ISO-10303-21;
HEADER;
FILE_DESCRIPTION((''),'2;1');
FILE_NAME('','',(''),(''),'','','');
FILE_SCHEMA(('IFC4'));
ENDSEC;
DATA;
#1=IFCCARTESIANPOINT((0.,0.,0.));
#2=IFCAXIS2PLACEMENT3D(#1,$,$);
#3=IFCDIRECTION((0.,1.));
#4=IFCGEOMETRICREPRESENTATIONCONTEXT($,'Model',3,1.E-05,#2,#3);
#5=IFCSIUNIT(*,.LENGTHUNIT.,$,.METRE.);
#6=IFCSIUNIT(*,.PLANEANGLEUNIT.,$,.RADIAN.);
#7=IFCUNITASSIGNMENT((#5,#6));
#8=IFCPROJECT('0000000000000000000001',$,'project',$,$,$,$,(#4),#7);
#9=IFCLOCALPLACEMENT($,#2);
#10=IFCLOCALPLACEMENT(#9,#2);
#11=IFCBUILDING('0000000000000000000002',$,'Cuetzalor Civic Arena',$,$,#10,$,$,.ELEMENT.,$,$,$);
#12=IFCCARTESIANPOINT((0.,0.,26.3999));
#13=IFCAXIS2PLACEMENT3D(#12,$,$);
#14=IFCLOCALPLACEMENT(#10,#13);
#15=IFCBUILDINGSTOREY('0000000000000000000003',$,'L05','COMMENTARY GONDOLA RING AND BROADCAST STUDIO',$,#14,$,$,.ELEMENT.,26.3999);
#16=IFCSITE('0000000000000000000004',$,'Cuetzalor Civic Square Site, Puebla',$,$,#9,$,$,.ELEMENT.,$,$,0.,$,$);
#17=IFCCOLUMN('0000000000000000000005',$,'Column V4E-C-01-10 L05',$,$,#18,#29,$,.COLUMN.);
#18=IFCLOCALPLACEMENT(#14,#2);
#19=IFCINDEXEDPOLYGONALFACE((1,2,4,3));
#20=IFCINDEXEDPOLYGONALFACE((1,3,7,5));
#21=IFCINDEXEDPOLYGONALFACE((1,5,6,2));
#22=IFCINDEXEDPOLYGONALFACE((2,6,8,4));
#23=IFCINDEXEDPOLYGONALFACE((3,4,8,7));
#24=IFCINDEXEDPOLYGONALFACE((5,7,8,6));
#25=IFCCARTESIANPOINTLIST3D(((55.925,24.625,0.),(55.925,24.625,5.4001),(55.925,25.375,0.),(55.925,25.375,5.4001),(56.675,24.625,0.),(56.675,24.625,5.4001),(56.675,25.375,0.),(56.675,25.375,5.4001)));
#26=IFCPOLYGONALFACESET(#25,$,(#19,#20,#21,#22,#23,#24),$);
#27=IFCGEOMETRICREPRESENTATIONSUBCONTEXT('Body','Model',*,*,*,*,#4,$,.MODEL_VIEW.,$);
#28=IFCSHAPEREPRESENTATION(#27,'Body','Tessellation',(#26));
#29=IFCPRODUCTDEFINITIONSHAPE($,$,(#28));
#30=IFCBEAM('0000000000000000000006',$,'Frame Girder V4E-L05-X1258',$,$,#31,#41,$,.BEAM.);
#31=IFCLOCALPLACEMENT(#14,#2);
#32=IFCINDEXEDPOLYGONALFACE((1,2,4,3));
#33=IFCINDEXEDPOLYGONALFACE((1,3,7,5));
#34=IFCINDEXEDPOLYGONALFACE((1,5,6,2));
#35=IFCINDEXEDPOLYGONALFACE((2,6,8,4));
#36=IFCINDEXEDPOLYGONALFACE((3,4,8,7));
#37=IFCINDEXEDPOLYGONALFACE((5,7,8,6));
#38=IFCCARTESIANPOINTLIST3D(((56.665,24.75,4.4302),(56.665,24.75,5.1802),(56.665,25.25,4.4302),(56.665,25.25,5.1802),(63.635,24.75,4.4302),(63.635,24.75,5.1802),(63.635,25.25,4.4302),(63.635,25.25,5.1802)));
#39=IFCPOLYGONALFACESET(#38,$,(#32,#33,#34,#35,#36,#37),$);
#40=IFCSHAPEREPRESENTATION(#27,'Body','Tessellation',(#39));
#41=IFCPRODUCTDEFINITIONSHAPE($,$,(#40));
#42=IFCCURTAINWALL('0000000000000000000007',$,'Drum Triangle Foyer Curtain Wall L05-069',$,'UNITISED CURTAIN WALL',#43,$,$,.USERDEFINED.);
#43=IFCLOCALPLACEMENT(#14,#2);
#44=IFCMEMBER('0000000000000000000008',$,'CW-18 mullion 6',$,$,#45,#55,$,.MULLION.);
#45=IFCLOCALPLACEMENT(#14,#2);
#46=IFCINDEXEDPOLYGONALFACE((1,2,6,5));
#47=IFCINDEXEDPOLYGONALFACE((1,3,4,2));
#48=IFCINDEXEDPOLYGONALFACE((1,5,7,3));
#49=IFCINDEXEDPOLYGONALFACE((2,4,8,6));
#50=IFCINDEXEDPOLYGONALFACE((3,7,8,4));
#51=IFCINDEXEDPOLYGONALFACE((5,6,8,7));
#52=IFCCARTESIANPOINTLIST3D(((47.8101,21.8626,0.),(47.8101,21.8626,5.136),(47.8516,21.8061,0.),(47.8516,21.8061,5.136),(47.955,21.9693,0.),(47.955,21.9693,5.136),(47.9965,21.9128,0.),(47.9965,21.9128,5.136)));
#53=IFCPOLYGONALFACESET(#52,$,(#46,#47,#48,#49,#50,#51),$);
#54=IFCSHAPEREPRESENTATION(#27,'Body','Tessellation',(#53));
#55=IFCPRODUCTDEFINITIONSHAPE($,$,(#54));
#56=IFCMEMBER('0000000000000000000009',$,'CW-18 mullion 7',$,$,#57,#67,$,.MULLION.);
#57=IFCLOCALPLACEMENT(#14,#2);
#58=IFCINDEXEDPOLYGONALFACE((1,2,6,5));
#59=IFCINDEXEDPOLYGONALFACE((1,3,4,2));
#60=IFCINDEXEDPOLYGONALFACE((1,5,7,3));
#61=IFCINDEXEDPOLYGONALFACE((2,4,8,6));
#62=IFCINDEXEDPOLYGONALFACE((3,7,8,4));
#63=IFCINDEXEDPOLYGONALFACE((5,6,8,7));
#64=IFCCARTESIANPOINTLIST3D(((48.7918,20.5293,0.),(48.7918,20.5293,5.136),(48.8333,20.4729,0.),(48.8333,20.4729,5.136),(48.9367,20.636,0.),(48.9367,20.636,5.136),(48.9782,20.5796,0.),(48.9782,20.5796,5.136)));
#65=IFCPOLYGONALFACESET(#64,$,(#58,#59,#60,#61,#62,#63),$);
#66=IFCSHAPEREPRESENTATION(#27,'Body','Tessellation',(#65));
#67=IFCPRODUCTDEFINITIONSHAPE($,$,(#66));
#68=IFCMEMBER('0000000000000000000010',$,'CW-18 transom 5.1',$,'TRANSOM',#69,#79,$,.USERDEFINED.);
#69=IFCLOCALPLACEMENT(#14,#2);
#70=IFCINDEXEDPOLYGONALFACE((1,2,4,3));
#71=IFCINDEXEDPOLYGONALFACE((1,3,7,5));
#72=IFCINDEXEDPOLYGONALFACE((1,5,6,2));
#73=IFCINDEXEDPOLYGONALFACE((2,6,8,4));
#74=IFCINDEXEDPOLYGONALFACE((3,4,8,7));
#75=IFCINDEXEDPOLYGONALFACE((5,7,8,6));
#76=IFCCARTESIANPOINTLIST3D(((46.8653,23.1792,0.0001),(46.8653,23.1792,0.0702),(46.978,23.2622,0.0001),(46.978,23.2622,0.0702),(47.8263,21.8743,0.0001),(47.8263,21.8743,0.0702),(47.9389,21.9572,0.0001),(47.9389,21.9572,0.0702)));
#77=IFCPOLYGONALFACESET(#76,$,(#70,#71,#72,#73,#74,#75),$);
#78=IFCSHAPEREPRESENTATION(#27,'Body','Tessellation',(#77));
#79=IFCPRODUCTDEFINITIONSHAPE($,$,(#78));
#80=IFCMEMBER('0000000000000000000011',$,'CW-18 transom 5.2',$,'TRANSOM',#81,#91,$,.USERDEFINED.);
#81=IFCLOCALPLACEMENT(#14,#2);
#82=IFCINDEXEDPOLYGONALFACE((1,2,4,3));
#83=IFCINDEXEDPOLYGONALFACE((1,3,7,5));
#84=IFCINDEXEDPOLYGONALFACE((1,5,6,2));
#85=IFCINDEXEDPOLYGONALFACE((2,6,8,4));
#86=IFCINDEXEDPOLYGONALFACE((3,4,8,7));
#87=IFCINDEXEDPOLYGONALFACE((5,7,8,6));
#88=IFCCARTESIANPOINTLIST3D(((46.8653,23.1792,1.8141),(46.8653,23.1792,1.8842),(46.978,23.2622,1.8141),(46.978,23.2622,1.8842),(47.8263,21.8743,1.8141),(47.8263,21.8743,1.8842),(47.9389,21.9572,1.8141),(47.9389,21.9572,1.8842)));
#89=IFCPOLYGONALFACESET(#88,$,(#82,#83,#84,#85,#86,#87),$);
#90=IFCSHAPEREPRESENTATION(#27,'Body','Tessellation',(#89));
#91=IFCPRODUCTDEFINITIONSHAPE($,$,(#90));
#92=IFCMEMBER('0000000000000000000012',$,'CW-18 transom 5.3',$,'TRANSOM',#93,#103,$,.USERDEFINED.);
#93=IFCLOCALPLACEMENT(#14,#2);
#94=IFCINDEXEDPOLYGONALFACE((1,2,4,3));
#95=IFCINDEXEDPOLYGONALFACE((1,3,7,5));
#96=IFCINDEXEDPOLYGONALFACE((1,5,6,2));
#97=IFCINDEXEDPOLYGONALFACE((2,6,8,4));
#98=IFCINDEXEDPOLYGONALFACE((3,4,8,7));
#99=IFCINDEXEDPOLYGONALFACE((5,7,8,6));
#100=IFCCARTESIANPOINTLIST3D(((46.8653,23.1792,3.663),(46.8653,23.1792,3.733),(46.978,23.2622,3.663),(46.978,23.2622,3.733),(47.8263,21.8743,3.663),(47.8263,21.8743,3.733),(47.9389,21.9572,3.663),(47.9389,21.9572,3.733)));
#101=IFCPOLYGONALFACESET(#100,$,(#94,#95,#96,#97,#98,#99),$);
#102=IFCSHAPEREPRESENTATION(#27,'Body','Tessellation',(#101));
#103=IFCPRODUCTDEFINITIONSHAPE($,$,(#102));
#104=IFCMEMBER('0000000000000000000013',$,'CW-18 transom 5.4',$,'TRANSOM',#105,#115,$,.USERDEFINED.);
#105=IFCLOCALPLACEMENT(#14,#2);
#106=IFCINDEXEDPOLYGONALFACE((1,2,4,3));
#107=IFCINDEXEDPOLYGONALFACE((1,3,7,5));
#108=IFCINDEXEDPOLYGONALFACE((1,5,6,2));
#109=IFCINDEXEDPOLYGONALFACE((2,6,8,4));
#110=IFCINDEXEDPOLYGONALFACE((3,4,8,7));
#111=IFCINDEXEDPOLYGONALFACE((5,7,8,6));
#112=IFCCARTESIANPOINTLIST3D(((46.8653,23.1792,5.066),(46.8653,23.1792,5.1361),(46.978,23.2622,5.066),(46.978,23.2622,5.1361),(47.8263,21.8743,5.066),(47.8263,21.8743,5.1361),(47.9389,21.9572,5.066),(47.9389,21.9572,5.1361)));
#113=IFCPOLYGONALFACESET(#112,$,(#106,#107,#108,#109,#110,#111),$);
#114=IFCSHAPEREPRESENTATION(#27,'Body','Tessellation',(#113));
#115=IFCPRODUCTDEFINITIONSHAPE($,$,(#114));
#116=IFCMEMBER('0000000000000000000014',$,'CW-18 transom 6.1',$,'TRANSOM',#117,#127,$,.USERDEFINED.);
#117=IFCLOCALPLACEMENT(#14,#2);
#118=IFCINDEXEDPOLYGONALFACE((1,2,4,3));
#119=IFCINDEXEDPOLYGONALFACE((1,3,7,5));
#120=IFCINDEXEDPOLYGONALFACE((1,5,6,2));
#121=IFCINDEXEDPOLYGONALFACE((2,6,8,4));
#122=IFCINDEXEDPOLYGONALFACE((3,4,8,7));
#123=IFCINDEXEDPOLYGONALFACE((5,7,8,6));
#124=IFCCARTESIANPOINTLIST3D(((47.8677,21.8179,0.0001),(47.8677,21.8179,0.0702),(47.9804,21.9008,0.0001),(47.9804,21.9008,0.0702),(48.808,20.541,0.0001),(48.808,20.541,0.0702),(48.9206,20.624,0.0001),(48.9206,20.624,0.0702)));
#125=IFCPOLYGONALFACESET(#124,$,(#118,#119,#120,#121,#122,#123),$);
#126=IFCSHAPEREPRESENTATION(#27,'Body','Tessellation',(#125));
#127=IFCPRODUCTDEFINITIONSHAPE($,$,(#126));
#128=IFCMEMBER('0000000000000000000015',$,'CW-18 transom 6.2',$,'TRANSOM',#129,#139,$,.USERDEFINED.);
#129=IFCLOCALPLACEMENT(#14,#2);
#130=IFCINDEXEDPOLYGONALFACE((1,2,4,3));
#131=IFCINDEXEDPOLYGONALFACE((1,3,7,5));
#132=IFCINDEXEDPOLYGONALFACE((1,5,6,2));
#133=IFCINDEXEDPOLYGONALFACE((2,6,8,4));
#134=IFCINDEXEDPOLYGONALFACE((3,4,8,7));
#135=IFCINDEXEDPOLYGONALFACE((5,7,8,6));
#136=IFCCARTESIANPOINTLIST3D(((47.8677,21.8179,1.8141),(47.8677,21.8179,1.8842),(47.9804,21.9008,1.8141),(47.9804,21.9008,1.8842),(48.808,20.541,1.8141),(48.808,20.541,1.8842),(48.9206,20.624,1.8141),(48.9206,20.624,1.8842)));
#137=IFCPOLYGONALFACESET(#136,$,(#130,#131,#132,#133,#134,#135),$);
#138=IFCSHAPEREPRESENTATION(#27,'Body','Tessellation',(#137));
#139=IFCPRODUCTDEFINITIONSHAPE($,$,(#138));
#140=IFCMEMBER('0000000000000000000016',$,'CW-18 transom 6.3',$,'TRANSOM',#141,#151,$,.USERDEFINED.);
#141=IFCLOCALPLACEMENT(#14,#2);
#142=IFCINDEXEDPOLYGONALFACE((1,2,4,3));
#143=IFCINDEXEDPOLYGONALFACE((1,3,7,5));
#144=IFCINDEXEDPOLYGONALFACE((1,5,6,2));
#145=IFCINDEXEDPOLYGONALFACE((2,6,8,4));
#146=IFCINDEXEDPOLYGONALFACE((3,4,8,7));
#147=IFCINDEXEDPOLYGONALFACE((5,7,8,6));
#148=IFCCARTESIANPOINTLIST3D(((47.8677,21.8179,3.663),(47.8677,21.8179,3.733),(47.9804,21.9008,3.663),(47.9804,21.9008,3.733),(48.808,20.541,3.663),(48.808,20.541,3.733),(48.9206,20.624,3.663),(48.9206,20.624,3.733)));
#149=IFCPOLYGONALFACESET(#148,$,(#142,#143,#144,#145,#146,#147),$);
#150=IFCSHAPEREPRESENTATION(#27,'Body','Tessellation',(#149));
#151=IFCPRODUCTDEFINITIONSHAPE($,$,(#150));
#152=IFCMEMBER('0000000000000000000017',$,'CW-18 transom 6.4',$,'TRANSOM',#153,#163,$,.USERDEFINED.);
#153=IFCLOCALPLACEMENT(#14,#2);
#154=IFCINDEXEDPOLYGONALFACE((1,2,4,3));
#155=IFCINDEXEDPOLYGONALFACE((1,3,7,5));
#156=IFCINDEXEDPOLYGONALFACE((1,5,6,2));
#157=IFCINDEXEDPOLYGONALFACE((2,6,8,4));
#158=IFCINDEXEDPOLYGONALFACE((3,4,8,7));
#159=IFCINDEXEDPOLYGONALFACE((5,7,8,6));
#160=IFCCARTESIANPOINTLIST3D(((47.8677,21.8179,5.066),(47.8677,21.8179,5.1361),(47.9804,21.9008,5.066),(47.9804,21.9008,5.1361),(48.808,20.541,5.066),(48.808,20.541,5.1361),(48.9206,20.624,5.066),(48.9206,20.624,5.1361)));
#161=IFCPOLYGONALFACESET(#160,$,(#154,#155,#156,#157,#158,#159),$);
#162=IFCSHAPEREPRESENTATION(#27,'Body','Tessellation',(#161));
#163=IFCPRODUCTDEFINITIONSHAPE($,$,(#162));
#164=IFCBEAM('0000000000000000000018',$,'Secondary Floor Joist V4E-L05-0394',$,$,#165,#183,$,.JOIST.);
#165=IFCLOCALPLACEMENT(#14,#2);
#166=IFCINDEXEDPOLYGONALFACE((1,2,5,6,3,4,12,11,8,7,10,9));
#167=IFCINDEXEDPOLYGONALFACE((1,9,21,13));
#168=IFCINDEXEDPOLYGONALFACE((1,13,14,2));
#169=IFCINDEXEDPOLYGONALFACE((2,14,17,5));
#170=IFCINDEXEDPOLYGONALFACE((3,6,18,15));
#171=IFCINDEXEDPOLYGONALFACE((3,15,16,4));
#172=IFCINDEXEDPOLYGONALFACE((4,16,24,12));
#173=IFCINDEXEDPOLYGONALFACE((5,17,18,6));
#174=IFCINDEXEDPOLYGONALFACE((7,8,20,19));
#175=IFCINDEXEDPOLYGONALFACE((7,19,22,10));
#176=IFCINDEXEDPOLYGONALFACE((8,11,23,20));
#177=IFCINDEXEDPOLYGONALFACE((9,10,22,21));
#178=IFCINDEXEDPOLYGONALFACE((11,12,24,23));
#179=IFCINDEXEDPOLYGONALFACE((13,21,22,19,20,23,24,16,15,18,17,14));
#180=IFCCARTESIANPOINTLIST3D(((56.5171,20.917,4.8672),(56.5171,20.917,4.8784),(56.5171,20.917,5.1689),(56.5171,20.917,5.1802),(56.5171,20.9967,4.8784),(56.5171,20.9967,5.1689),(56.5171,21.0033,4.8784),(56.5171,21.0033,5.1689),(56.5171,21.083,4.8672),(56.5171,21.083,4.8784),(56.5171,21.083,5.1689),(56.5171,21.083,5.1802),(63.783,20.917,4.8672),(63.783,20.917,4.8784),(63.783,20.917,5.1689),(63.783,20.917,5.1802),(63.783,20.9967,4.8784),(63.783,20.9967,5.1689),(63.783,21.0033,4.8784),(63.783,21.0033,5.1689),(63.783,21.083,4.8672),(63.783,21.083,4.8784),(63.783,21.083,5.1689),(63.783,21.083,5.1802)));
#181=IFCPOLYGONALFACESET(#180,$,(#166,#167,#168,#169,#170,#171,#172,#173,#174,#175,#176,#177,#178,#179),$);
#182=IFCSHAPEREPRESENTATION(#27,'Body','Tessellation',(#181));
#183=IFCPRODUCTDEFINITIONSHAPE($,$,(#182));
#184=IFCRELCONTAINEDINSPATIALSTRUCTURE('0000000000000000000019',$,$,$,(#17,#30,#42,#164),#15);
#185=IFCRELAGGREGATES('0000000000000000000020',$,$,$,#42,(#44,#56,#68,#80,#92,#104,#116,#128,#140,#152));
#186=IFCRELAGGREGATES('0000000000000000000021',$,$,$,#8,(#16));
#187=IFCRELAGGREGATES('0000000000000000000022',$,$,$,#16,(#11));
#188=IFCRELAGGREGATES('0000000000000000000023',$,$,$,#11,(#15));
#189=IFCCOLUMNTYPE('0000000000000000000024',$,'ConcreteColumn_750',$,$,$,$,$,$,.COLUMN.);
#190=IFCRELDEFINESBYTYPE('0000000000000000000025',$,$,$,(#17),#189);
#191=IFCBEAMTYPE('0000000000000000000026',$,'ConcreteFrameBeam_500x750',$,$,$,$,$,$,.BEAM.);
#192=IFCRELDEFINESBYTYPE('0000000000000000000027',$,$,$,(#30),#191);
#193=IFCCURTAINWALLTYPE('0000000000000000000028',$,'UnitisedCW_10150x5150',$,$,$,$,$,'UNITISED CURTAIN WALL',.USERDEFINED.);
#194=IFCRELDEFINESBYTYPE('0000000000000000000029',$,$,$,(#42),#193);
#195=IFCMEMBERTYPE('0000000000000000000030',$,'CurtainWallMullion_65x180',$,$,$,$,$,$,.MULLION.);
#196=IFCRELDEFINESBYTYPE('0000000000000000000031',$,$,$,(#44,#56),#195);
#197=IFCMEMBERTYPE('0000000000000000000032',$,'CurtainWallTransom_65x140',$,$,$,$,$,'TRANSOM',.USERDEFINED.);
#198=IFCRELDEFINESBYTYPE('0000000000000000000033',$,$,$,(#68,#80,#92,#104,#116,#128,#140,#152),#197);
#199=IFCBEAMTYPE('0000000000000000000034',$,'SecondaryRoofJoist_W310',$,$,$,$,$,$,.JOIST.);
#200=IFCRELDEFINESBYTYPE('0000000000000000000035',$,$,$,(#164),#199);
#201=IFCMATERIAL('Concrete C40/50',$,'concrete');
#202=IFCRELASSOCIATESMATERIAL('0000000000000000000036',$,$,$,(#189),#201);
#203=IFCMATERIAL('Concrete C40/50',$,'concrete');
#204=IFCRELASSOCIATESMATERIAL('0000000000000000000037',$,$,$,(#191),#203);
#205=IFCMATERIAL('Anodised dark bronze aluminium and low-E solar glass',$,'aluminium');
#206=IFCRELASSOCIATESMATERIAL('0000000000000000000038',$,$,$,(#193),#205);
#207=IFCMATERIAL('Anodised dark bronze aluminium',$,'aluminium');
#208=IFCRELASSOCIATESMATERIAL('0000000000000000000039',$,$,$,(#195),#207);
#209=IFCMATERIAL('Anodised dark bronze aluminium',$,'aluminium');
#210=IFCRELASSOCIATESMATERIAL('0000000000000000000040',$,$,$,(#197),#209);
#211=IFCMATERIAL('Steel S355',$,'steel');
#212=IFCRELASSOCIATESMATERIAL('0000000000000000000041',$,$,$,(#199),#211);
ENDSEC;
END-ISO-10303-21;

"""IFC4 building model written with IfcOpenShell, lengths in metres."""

from ifc_helpers import new_model, si_unit, direction, frame, origin, origin_2d, place, context, subcontext, project, spatial, rectangle, i_section, extrude, material, material_profile, profile_set, type_object, element, aggregate, save


model = new_model("IFC4")

# Units and contexts
model_context = context("Model", 3, precision=1e-05, world=origin(), true_north=direction((0.0, 1.0)))
body_context = subcontext(model_context, "Body", "Model", "MODEL_VIEW")
ifc_project = project(units=[si_unit("LENGTHUNIT", "METRE"), si_unit("PLANEANGLEUNIT", "RADIAN")], contexts=[model_context])

# Site, building, storey
site_placement = place(None, origin())
site = spatial("IfcSite", under=ifc_project, at=site_placement, Name="Cuetzalor Civic Square Site, Puebla", CompositionType="ELEMENT", RefElevation=0.0)
building_placement = place(site_placement, origin())
building = spatial("IfcBuilding", under=site, at=building_placement, Name="Cuetzalor Civic Arena", CompositionType="ELEMENT")
storey_placement = place(building_placement, frame((0.0, 0.0, 26.3999)))
storey = spatial("IfcBuildingStorey", under=building, at=storey_placement, Name="L05", Description="COMMENTARY GONDOLA RING AND BROADCAST STUDIO", CompositionType="ELEMENT", Elevation=26.3999)

# Column
ifc_material_1 = material(Name="Concrete C40/50", Category="concrete")
ifc_material_profile_1 = material_profile(ifc_material_1, rectangle(XDim=0.75, YDim=0.75, at=origin_2d()), Name="RC 750x750")
ifc_profile_set_1 = profile_set([ifc_material_profile_1], Name="Concrete C40/50")
column_type = type_object("IfcColumnType", Name="ConcreteColumn_750", PredefinedType="COLUMN", material=ifc_profile_set_1)
column_placement = place(storey_placement, frame((56.3, 25.0, 0.0), z_axis=(0.0, 0.0, 1.0), x_axis=(1.0, 0.0, 0.0)))
element("IfcColumn", 1, at=column_placement, inside=storey, type_object=column_type, Name="Column V4E-C-01-10 L05", PredefinedType="COLUMN", context=body_context, shape_type="SweptSolid", body=[
    extrude(rectangle(XDim=0.75, YDim=0.75, at=origin_2d()), origin(), (0.0, 0.0, 1.0), 5.4001),
])

# Beam
ifc_material_2 = material(Name="Concrete C40/50", Category="concrete")
ifc_material_profile_2 = material_profile(ifc_material_2, rectangle(XDim=0.5, YDim=0.75, at=origin_2d()), Name="RC 500x750")
ifc_profile_set_2 = profile_set([ifc_material_profile_2], Name="Concrete C40/50")
beam_type_1 = type_object("IfcBeamType", Name="ConcreteFrameBeam_500x750", PredefinedType="BEAM", material=ifc_profile_set_2)
beam_1_placement = place(storey_placement, frame((56.665, 25.0, 4.8052), z_axis=(1.0, 0.0, 0.0), x_axis=(0.0, 1.0, 0.0)))
element("IfcBeam", 2, at=beam_1_placement, inside=storey, type_object=beam_type_1, Name="Frame Girder V4E-L05-X1258", PredefinedType="BEAM", context=body_context, shape_type="SweptSolid", body=[
    extrude(rectangle(XDim=0.5, YDim=0.75, at=origin_2d()), origin(), (0.0, 0.0, 1.0), 6.97),
])

# Curtain wall, members
ifc_material_3 = material(Name="Anodised dark bronze aluminium and low-E solar glass", Category="aluminium")
curtain_wall_type = type_object("IfcCurtainWallType", Name="UnitisedCW_10150x5150", ElementType="UNITISED CURTAIN WALL", PredefinedType="USERDEFINED", material=ifc_material_3)
curtain_wall_placement = place(storey_placement, origin())
curtain_wall = element("IfcCurtainWall", 3, at=curtain_wall_placement, inside=storey, type_object=curtain_wall_type, Name="Drum Triangle Foyer Curtain Wall L05-069", ObjectType="UNITISED CURTAIN WALL", PredefinedType="USERDEFINED")
ifc_material_4 = material(Name="Anodised dark bronze aluminium", Category="aluminium")
ifc_material_profile_3 = material_profile(ifc_material_4, rectangle(XDim=0.0701, YDim=0.1799, at=origin_2d()), Name="ALU MULLION 70x180")
ifc_profile_set_3 = profile_set([ifc_material_profile_3], Name="Anodised dark bronze aluminium")
member_type_1 = type_object("IfcMemberType", Name="CurtainWallMullion_65x180", PredefinedType="MULLION", material=ifc_profile_set_3)
member_1_placement = place(storey_placement, frame((47.9033, 21.8877, 0.0), z_axis=(0.0, 0.0, 1.0), x_axis=(0.592929, -0.805255, 0.0)))
member_1 = element("IfcMember", 4, at=member_1_placement, type_object=member_type_1, Name="CW-18 mullion 6", PredefinedType="MULLION", context=body_context, shape_type="SweptSolid", body=[
    extrude(rectangle(XDim=0.0701, YDim=0.1799, at=origin_2d()), origin(), (0.0, 0.0, 1.0), 5.136),
])
member_2_placement = place(storey_placement, frame((48.885, 20.5544, 0.0), z_axis=(0.0, 0.0, 1.0), x_axis=(0.592929, -0.805255, 0.0)))
member_2 = element("IfcMember", 5, at=member_2_placement, type_object=member_type_1, Name="CW-18 mullion 7", PredefinedType="MULLION", context=body_context, shape_type="SweptSolid", body=[
    extrude(rectangle(XDim=0.0701, YDim=0.1799, at=origin_2d()), origin(), (0.0, 0.0, 1.0), 5.136),
])
ifc_material_5 = material(Name="Anodised dark bronze aluminium", Category="aluminium")
ifc_material_profile_4 = material_profile(ifc_material_5, rectangle(XDim=0.1399, YDim=0.0701, at=origin_2d()), Name="ALU TRANSOM 70x140")
ifc_profile_set_4 = profile_set([ifc_material_profile_4], Name="Anodised dark bronze aluminium")
member_type_2 = type_object("IfcMemberType", Name="CurtainWallTransom_65x140", ElementType="TRANSOM", PredefinedType="USERDEFINED", material=ifc_profile_set_4)
member_3_placement = place(storey_placement, frame((46.9216, 23.2207, 0.0352), z_axis=(0.592963, -0.80523, 0.0), x_axis=(0.80523, 0.592963, 0.0)))
member_3 = element("IfcMember", 6, at=member_3_placement, type_object=member_type_2, Name="CW-18 transom 5.1", ObjectType="TRANSOM", PredefinedType="USERDEFINED", context=body_context, shape_type="SweptSolid", body=[
    extrude(rectangle(XDim=0.1399, YDim=0.0701, at=origin_2d()), origin(), (0.0, 0.0, 1.0), 1.6206),
])
member_4_placement = place(storey_placement, frame((46.9216, 23.2207, 1.8491), z_axis=(0.592963, -0.80523, 0.0), x_axis=(0.80523, 0.592963, 0.0)))
member_4 = element("IfcMember", 7, at=member_4_placement, type_object=member_type_2, Name="CW-18 transom 5.2", ObjectType="TRANSOM", PredefinedType="USERDEFINED", context=body_context, shape_type="SweptSolid", body=[
    extrude(rectangle(XDim=0.1399, YDim=0.0701, at=origin_2d()), origin(), (0.0, 0.0, 1.0), 1.6206),
])
member_5_placement = place(storey_placement, frame((46.9216, 23.2207, 3.698), z_axis=(0.592963, -0.80523, 0.0), x_axis=(0.80523, 0.592963, 0.0)))
member_5 = element("IfcMember", 8, at=member_5_placement, type_object=member_type_2, Name="CW-18 transom 5.3", ObjectType="TRANSOM", PredefinedType="USERDEFINED", context=body_context, shape_type="SweptSolid", body=[
    extrude(rectangle(XDim=0.1399, YDim=0.0701, at=origin_2d()), origin(), (0.0, 0.0, 1.0), 1.6206),
])
member_6_placement = place(storey_placement, frame((46.9216, 23.2207, 5.1011), z_axis=(0.592963, -0.80523, 0.0), x_axis=(0.80523, 0.592963, 0.0)))
member_6 = element("IfcMember", 9, at=member_6_placement, type_object=member_type_2, Name="CW-18 transom 5.4", ObjectType="TRANSOM", PredefinedType="USERDEFINED", context=body_context, shape_type="SweptSolid", body=[
    extrude(rectangle(XDim=0.1399, YDim=0.0701, at=origin_2d()), origin(), (0.0, 0.0, 1.0), 1.6206),
])
member_7_placement = place(storey_placement, frame((47.9241, 21.8594, 0.0352), z_axis=(0.592931, -0.805253, 0.0), x_axis=(0.805253, 0.592931, 0.0)))
member_7 = element("IfcMember", 10, at=member_7_placement, type_object=member_type_2, Name="CW-18 transom 6.1", ObjectType="TRANSOM", PredefinedType="USERDEFINED", context=body_context, shape_type="SweptSolid", body=[
    extrude(rectangle(XDim=0.1399, YDim=0.0701, at=origin_2d()), origin(), (0.0, 0.0, 1.0), 1.5857),
])
member_8_placement = place(storey_placement, frame((47.9241, 21.8594, 1.8491), z_axis=(0.592931, -0.805253, 0.0), x_axis=(0.805253, 0.592931, 0.0)))
member_8 = element("IfcMember", 11, at=member_8_placement, type_object=member_type_2, Name="CW-18 transom 6.2", ObjectType="TRANSOM", PredefinedType="USERDEFINED", context=body_context, shape_type="SweptSolid", body=[
    extrude(rectangle(XDim=0.1399, YDim=0.0701, at=origin_2d()), origin(), (0.0, 0.0, 1.0), 1.5857),
])
member_9_placement = place(storey_placement, frame((47.9241, 21.8594, 3.698), z_axis=(0.592931, -0.805253, 0.0), x_axis=(0.805253, 0.592931, 0.0)))
member_9 = element("IfcMember", 12, at=member_9_placement, type_object=member_type_2, Name="CW-18 transom 6.3", ObjectType="TRANSOM", PredefinedType="USERDEFINED", context=body_context, shape_type="SweptSolid", body=[
    extrude(rectangle(XDim=0.1399, YDim=0.0701, at=origin_2d()), origin(), (0.0, 0.0, 1.0), 1.5857),
])
member_10_placement = place(storey_placement, frame((47.9241, 21.8594, 5.1011), z_axis=(0.592931, -0.805253, 0.0), x_axis=(0.805253, 0.592931, 0.0)))
member_10 = element("IfcMember", 13, at=member_10_placement, type_object=member_type_2, Name="CW-18 transom 6.4", ObjectType="TRANSOM", PredefinedType="USERDEFINED", context=body_context, shape_type="SweptSolid", body=[
    extrude(rectangle(XDim=0.1399, YDim=0.0701, at=origin_2d()), origin(), (0.0, 0.0, 1.0), 1.5857),
])

# Beam
ifc_material_6 = material(Name="Steel S355", Category="steel")
ifc_material_profile_5 = material_profile(ifc_material_6, i_section(OverallWidth=0.166, OverallDepth=0.313, WebThickness=0.0066, FlangeThickness=0.0112, at=origin_2d()), Name="W310x45")
ifc_profile_set_5 = profile_set([ifc_material_profile_5], Name="Steel S355")
beam_type_2 = type_object("IfcBeamType", Name="SecondaryRoofJoist_W310", PredefinedType="JOIST", material=ifc_profile_set_5)
beam_2_placement = place(storey_placement, frame((56.5171, 21.0, 5.0237), z_axis=(1.0, 0.0, 0.0), x_axis=(0.0, 1.0, 0.0)))
element("IfcBeam", 14, at=beam_2_placement, inside=storey, type_object=beam_type_2, Name="Secondary Floor Joist V4E-L05-0394", PredefinedType="JOIST", context=body_context, shape_type="SweptSolid", body=[
    extrude(i_section(OverallWidth=0.166, OverallDepth=0.313, WebThickness=0.0066, FlangeThickness=0.0112, at=origin_2d()), origin(), (0.0, 0.0, 1.0), 7.2659),
])

aggregate(curtain_wall, [member_1, member_2, member_3, member_4, member_5, member_6, member_7, member_8, member_9, member_10])

save(model, "model.ifc")
